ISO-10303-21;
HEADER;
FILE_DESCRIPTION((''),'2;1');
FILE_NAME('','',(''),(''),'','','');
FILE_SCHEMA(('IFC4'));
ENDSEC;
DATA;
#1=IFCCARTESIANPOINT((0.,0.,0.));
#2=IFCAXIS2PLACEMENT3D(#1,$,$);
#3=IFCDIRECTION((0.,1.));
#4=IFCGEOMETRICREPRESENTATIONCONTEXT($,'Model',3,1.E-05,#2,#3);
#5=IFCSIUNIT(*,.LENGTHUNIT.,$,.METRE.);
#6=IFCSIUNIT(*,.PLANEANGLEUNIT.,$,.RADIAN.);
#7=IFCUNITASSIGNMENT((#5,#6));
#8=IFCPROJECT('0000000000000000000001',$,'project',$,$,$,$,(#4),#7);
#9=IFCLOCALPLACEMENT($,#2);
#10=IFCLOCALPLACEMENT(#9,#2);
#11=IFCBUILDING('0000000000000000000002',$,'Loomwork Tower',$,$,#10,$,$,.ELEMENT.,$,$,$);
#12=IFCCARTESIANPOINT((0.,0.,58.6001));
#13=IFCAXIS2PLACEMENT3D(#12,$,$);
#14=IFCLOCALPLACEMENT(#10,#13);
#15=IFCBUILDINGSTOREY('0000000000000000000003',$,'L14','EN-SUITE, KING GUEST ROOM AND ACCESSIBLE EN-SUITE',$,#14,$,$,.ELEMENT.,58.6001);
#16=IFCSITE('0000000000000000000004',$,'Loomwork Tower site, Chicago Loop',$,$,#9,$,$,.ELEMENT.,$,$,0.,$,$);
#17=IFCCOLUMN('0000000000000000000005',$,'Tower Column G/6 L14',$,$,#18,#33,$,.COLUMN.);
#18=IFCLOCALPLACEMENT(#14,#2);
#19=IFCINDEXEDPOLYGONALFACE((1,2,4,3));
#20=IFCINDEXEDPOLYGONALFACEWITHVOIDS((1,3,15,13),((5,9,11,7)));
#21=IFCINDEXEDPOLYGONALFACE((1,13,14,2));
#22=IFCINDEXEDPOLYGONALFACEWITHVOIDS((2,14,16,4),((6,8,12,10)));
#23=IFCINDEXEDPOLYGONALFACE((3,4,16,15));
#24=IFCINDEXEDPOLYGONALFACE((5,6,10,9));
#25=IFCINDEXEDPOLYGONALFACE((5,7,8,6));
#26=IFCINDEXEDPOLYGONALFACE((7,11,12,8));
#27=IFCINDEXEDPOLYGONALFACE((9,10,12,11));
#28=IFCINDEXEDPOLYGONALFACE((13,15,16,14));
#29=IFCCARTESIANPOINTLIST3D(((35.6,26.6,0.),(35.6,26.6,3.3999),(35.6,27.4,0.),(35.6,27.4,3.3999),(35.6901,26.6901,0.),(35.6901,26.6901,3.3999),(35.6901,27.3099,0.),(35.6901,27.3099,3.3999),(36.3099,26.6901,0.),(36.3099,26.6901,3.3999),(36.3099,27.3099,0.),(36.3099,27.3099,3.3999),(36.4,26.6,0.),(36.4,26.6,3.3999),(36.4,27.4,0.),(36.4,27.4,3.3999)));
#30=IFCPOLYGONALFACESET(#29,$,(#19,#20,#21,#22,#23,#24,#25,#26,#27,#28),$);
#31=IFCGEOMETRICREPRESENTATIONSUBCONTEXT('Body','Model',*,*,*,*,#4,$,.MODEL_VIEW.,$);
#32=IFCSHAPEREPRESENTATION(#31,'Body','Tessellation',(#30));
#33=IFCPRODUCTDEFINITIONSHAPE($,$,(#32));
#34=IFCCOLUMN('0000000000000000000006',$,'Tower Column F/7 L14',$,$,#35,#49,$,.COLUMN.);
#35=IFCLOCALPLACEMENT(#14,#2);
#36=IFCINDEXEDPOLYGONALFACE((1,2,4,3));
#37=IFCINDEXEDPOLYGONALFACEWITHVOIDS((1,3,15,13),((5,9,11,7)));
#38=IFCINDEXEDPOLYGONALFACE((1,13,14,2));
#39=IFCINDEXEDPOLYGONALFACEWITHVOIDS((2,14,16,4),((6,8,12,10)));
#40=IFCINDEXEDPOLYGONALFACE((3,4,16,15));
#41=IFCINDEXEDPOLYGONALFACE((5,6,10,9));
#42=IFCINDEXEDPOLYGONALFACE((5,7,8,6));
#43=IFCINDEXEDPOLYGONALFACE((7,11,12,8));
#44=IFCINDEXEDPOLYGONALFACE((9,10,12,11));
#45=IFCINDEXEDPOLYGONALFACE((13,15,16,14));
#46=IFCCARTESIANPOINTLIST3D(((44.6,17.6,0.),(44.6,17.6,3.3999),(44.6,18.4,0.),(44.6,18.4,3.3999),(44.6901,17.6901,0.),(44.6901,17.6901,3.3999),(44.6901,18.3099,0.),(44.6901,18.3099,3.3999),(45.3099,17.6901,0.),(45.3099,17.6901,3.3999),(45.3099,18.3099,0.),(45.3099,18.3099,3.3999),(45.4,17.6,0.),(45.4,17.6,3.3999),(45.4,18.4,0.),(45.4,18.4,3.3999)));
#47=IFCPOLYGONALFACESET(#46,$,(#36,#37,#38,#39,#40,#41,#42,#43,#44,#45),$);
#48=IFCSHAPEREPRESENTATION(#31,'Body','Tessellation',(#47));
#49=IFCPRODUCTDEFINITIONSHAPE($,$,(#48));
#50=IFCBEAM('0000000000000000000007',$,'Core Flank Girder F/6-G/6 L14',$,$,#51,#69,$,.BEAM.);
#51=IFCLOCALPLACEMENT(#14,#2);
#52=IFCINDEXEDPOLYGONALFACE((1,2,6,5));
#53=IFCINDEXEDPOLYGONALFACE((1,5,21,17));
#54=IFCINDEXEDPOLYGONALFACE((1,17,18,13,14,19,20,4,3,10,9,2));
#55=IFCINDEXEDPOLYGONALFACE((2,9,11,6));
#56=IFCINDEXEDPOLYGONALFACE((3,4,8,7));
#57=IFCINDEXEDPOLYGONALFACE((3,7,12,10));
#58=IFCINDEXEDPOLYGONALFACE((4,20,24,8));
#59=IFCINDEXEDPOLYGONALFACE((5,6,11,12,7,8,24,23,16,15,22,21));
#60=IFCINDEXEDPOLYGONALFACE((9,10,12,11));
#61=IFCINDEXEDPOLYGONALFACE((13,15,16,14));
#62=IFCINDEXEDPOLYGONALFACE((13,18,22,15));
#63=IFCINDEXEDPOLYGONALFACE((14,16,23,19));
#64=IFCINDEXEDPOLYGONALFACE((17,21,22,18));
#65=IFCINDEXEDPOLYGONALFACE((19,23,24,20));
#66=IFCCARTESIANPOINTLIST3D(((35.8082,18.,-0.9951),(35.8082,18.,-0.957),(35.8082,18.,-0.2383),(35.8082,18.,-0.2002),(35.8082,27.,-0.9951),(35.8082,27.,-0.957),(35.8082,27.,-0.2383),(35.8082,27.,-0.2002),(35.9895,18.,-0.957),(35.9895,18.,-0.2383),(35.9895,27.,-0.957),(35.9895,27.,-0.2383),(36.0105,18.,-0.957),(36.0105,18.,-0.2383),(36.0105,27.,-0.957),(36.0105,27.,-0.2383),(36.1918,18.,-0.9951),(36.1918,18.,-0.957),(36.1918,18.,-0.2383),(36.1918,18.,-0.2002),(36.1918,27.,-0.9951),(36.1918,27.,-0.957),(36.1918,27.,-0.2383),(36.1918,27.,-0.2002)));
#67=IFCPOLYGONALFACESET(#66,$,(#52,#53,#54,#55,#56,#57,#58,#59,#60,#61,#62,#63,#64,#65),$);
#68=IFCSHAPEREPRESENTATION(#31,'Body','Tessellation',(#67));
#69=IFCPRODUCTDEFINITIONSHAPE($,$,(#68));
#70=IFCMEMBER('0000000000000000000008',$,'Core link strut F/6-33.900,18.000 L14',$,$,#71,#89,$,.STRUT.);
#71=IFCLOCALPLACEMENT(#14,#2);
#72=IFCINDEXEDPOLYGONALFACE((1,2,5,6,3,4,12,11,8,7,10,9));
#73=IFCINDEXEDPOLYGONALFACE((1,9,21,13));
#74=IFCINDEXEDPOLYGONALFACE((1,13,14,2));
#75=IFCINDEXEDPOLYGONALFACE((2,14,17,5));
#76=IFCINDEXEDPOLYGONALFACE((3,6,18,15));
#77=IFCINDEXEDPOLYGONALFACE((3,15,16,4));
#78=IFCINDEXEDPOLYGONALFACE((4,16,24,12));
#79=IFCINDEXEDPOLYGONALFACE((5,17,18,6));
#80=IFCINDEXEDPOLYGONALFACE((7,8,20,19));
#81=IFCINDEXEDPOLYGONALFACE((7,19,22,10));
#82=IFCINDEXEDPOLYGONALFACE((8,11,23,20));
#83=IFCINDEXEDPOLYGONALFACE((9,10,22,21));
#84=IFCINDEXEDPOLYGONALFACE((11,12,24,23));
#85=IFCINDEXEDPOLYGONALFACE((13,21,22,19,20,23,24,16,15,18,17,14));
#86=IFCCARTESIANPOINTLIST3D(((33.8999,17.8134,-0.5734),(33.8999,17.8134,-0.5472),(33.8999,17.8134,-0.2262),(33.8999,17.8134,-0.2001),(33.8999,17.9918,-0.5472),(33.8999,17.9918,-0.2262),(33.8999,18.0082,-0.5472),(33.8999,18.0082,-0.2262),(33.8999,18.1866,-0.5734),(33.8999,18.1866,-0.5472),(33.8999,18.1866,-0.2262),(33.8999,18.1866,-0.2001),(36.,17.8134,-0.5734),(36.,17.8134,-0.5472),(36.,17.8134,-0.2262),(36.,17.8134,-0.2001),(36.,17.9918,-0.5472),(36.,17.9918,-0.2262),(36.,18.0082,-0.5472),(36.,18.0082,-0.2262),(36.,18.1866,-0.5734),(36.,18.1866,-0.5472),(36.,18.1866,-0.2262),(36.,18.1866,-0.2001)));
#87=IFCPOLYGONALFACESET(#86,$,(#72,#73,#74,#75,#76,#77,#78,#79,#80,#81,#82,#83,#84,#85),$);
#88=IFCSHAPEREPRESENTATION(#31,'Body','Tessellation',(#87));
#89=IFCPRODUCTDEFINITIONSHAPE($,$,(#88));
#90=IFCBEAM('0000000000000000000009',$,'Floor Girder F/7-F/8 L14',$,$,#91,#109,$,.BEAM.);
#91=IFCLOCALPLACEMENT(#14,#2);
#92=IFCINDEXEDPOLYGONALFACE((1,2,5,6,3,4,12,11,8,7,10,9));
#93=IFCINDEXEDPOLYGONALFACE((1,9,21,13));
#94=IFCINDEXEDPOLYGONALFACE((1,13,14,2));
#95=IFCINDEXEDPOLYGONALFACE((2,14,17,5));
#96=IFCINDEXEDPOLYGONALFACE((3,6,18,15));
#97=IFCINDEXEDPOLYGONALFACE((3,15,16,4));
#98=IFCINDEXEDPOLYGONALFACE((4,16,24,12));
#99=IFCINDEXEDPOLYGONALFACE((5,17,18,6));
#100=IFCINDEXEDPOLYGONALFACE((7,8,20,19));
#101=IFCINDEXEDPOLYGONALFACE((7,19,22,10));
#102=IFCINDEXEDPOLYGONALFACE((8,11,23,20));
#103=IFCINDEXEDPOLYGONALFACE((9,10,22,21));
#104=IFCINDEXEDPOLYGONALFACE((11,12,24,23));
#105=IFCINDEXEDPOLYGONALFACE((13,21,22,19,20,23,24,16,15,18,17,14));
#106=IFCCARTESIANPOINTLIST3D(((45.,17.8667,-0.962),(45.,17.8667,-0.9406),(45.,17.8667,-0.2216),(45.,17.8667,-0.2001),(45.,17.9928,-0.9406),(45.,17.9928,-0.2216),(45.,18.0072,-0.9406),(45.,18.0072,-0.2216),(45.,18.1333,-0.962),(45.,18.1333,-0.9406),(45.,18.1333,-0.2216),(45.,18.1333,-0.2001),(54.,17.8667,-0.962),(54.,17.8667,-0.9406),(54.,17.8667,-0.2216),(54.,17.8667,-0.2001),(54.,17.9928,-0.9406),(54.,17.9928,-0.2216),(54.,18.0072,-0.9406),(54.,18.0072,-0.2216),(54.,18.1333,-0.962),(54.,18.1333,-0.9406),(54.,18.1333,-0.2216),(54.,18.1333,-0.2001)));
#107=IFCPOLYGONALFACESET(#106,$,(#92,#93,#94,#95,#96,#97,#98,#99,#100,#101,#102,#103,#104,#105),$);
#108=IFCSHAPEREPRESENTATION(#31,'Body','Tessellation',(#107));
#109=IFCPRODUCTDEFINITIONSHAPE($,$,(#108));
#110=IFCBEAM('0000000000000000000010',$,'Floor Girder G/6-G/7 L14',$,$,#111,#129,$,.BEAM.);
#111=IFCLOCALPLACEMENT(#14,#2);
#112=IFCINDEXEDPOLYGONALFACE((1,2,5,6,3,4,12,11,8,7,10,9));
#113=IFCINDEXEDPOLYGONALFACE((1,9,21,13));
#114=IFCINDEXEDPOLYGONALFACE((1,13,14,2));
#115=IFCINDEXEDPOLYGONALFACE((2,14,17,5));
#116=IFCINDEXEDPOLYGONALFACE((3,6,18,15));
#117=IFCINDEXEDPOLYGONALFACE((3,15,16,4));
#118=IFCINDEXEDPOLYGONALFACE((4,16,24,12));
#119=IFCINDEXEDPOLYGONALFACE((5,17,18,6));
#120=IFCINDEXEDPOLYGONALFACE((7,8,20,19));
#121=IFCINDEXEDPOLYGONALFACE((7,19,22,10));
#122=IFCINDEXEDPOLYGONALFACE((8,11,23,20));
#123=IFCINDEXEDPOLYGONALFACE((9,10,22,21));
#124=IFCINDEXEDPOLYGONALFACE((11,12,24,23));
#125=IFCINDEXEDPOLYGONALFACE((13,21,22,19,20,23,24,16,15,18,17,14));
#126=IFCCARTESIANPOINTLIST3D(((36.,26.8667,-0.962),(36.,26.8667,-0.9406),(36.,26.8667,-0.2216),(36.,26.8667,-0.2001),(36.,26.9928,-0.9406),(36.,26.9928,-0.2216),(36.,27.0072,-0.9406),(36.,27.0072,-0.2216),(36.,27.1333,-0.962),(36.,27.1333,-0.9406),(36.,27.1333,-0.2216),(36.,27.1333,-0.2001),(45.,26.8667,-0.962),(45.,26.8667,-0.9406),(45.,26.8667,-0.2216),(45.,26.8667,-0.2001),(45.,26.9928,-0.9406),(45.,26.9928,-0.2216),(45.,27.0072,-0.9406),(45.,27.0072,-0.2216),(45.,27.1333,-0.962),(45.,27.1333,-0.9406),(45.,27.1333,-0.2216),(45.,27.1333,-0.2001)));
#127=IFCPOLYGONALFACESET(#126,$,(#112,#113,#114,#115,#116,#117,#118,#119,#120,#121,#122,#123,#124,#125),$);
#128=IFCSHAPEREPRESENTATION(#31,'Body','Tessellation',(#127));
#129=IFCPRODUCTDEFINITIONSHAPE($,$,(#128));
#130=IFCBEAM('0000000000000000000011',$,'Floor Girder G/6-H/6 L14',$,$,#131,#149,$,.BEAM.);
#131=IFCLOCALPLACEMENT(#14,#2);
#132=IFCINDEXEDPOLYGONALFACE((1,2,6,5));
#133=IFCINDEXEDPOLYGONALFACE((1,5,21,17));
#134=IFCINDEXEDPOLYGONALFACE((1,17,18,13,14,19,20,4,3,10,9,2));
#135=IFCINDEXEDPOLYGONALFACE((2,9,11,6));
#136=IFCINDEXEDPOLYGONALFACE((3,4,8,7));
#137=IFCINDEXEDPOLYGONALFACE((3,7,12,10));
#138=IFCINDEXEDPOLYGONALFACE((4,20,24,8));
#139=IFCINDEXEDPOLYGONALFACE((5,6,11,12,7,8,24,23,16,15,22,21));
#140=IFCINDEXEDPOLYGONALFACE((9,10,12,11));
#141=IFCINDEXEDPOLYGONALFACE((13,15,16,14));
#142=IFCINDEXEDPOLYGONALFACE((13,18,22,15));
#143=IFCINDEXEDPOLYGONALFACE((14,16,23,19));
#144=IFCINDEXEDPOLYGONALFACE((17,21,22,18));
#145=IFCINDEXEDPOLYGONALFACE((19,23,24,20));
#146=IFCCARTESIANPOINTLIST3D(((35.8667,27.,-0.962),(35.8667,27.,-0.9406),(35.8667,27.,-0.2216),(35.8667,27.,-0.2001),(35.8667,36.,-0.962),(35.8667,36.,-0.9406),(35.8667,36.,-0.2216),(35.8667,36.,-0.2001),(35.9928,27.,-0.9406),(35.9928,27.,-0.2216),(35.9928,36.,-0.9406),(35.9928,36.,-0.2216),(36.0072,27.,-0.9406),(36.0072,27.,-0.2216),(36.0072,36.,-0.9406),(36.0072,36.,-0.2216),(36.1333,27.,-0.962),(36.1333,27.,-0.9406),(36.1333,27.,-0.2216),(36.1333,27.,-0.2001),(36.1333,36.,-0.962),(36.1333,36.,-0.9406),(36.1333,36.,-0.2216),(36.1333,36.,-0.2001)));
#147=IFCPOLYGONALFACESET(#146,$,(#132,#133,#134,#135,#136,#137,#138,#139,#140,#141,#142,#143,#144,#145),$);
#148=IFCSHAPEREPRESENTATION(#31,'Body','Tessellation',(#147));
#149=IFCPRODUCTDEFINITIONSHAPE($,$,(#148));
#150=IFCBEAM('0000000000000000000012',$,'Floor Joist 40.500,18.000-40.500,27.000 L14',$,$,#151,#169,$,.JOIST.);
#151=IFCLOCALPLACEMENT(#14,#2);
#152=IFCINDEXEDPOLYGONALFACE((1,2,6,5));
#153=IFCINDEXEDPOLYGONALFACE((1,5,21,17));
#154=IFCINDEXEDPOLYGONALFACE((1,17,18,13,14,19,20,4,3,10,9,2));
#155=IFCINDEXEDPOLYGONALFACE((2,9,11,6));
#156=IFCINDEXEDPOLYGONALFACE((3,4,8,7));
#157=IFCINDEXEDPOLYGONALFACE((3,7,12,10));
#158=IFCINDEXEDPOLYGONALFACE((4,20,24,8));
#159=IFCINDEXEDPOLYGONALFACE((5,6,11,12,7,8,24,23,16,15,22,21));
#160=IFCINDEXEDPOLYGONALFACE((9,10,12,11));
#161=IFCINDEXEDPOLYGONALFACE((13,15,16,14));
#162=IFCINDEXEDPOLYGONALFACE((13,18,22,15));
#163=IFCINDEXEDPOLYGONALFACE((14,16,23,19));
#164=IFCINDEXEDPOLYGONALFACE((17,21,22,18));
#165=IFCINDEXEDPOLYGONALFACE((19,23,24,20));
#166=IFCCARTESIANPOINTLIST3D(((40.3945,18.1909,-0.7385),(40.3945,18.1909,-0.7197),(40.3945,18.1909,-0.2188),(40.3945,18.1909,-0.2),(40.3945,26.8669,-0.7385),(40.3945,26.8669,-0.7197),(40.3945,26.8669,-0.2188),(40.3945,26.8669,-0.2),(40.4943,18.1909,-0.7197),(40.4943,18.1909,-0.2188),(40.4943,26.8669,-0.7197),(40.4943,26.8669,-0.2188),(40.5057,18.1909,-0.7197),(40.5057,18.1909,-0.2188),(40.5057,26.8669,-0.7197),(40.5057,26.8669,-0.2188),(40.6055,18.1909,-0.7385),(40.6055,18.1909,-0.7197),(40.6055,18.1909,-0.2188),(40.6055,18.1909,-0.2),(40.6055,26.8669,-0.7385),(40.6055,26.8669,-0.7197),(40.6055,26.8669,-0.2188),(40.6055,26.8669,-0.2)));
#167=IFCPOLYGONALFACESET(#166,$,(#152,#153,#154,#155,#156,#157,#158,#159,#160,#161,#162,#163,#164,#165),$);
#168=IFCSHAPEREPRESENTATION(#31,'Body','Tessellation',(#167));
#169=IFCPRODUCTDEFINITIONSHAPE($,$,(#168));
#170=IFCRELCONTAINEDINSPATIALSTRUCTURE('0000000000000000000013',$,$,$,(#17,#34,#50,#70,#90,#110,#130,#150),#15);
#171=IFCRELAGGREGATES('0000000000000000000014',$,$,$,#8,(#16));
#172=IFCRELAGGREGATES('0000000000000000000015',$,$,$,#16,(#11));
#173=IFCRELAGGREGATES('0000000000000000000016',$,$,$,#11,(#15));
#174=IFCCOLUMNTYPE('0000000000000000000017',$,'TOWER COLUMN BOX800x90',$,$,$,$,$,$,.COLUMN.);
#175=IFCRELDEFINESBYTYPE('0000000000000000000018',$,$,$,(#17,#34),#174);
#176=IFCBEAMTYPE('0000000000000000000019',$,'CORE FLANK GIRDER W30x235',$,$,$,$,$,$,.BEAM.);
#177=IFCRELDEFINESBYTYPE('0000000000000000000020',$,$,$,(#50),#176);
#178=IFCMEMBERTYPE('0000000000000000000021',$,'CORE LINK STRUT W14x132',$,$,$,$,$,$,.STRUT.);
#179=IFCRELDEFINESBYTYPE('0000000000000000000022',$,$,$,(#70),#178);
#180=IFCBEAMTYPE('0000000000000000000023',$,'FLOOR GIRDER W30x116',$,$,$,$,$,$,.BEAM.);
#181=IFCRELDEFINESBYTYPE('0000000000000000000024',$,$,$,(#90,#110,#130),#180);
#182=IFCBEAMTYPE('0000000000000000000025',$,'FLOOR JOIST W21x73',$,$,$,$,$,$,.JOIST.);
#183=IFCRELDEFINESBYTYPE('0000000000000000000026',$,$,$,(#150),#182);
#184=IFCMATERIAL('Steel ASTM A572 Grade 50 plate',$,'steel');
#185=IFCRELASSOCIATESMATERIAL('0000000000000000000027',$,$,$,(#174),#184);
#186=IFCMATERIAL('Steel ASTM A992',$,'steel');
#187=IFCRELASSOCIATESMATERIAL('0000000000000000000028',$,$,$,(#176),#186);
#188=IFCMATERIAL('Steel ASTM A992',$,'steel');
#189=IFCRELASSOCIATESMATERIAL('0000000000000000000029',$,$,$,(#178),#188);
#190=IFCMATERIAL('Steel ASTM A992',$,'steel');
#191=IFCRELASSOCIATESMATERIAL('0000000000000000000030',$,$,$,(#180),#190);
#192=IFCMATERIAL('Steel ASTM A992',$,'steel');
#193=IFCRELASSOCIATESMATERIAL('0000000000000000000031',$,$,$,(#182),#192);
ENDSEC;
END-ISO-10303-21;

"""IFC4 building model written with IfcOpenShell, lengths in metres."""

from ifc_helpers import new_model, si_unit, direction, frame, origin, origin_2d, place, context, subcontext, project, spatial, hollow_rectangle, i_section, extrude, material, material_profile, profile_set, type_object, element, save


model = new_model("IFC4")

# Units and contexts
model_context = context("Model", 3, precision=1e-05, world=origin(), true_north=direction((0.0, 1.0)))
body_context = subcontext(model_context, "Body", "Model", "MODEL_VIEW")
ifc_project = project(units=[si_unit("LENGTHUNIT", "METRE"), si_unit("PLANEANGLEUNIT", "RADIAN")], contexts=[model_context])

# Site, building, storey
site_placement = place(None, origin())
site = spatial("IfcSite", under=ifc_project, at=site_placement, Name="Loomwork Tower site, Chicago Loop", CompositionType="ELEMENT", RefElevation=0.0)
building_placement = place(site_placement, origin())
building = spatial("IfcBuilding", under=site, at=building_placement, Name="Loomwork Tower", CompositionType="ELEMENT")
storey_placement = place(building_placement, frame((0.0, 0.0, 58.6001)))
storey = spatial("IfcBuildingStorey", under=building, at=storey_placement, Name="L14", Description="EN-SUITE, KING GUEST ROOM AND ACCESSIBLE EN-SUITE", CompositionType="ELEMENT", Elevation=58.6001)

# Columns
ifc_material_1 = material(Name="Steel ASTM A572 Grade 50 plate", Category="steel")
ifc_material_profile_1 = material_profile(ifc_material_1, hollow_rectangle(XDim=0.8, YDim=0.8, WallThickness=0.0901, at=origin_2d()), Name="BOX800x90")
ifc_profile_set_1 = profile_set([ifc_material_profile_1], Name="Steel ASTM A572 Grade 50 plate")
column_type = type_object("IfcColumnType", Name="TOWER COLUMN BOX800x90", PredefinedType="COLUMN", material=ifc_profile_set_1)
for number, where, z_axis, x_axis, name in (
    (1, (36.0, 27.0, 0.0), (0.0, 0.0, 1.0), (1.0, 0.0, 0.0), "Tower Column G/6 L14"),
    (2, (45.0, 18.0, 0.0), (0.0, 0.0, 1.0), (0.0, 1.0, 0.0), "Tower Column F/7 L14"),
):
    element("IfcColumn", number, at=place(storey_placement, frame(where, z_axis=z_axis, x_axis=x_axis)), inside=storey, type_object=column_type, Name=name, PredefinedType="COLUMN", context=body_context, shape_type="SweptSolid", body=[
        extrude(hollow_rectangle(XDim=0.8, YDim=0.8, WallThickness=0.0901, at=origin_2d()), origin(), (0.0, 0.0, 1.0), 3.3999),
    ])

# Beam
ifc_material_2 = material(Name="Steel ASTM A992", Category="steel")
ifc_material_profile_2 = material_profile(ifc_material_2, i_section(OverallWidth=0.3835, OverallDepth=0.7949, WebThickness=0.021, FlangeThickness=0.0381, at=origin_2d()), Name="W30x235")
ifc_profile_set_2 = profile_set([ifc_material_profile_2], Name="Steel ASTM A992")
beam_type_1 = type_object("IfcBeamType", Name="CORE FLANK GIRDER W30x235", PredefinedType="BEAM", material=ifc_profile_set_2)
beam_1_placement = place(storey_placement, frame((36.0, 18.0, -0.5977), z_axis=(0.0, 1.0, 0.0), x_axis=(-1.0, 0.0, 0.0)))
element("IfcBeam", 3, at=beam_1_placement, inside=storey, type_object=beam_type_1, Name="Core Flank Girder F/6-G/6 L14", PredefinedType="BEAM", context=body_context, shape_type="SweptSolid", body=[
    extrude(i_section(OverallWidth=0.3835, OverallDepth=0.7949, WebThickness=0.021, FlangeThickness=0.0381, at=origin_2d()), origin(), (0.0, 0.0, 1.0), 9.0),
])

# Member
ifc_material_3 = material(Name="Steel ASTM A992", Category="steel")
ifc_material_profile_3 = material_profile(ifc_material_3, i_section(OverallWidth=0.3733, OverallDepth=0.3733, WebThickness=0.0164, FlangeThickness=0.0261, at=origin_2d()), Name="W14x132")
ifc_profile_set_3 = profile_set([ifc_material_profile_3], Name="Steel ASTM A992")
member_type = type_object("IfcMemberType", Name="CORE LINK STRUT W14x132", PredefinedType="STRUT", material=ifc_profile_set_3)
member_placement = place(storey_placement, frame((36.0, 18.0, -0.3867), z_axis=(-1.0, 0.0, 0.0), x_axis=(0.0, -1.0, 0.0)))
element("IfcMember", 4, at=member_placement, inside=storey, type_object=member_type, Name="Core link strut F/6-33.900,18.000 L14", PredefinedType="STRUT", context=body_context, shape_type="SweptSolid", body=[
    extrude(i_section(OverallWidth=0.3733, OverallDepth=0.3733, WebThickness=0.0164, FlangeThickness=0.0261, at=origin_2d()), origin(), (0.0, 0.0, 1.0), 2.1001),
])

# Beams
ifc_material_4 = material(Name="Steel ASTM A992", Category="steel")
ifc_material_profile_4 = material_profile(ifc_material_4, i_section(OverallWidth=0.2666, OverallDepth=0.762, WebThickness=0.0144, FlangeThickness=0.0215, at=origin_2d()), Name="W30x116")
ifc_profile_set_4 = profile_set([ifc_material_profile_4], Name="Steel ASTM A992")
beam_type_2 = type_object("IfcBeamType", Name="FLOOR GIRDER W30x116", PredefinedType="BEAM", material=ifc_profile_set_4)
for number, where, z_axis, x_axis, name in (
    (5, (45.0, 18.0, -0.5811), (1.0, 0.0, 0.0), (0.0, 1.0, 0.0), "Floor Girder F/7-F/8 L14"),
    (6, (36.0, 27.0, -0.5811), (1.0, 0.0, 0.0), (0.0, 1.0, 0.0), "Floor Girder G/6-G/7 L14"),
    (7, (36.0, 27.0, -0.5811), (0.0, 1.0, 0.0), (-1.0, 0.0, 0.0), "Floor Girder G/6-H/6 L14"),
):
    element("IfcBeam", number, at=place(storey_placement, frame(where, z_axis=z_axis, x_axis=x_axis)), inside=storey, type_object=beam_type_2, Name=name, PredefinedType="BEAM", context=body_context, shape_type="SweptSolid", body=[
        extrude(i_section(OverallWidth=0.2666, OverallDepth=0.762, WebThickness=0.0144, FlangeThickness=0.0215, at=origin_2d()), origin(), (0.0, 0.0, 1.0), 9.0),
    ])
ifc_material_5 = material(Name="Steel ASTM A992", Category="steel")
ifc_material_profile_5 = material_profile(ifc_material_5, i_section(OverallWidth=0.2109, OverallDepth=0.5386, WebThickness=0.0115, FlangeThickness=0.0188, at=origin_2d()), Name="W21x73")
ifc_profile_set_5 = profile_set([ifc_material_profile_5], Name="Steel ASTM A992")
beam_type_3 = type_object("IfcBeamType", Name="FLOOR JOIST W21x73", PredefinedType="JOIST", material=ifc_profile_set_5)
beam_2_placement = place(storey_placement, frame((40.5, 18.1909, -0.4692), z_axis=(0.0, 1.0, 0.0), x_axis=(-1.0, 0.0, 0.0)))
element("IfcBeam", 8, at=beam_2_placement, inside=storey, type_object=beam_type_3, Name="Floor Joist 40.500,18.000-40.500,27.000 L14", PredefinedType="JOIST", context=body_context, shape_type="SweptSolid", body=[
    extrude(i_section(OverallWidth=0.2109, OverallDepth=0.5386, WebThickness=0.0115, FlangeThickness=0.0188, at=origin_2d()), origin(), (0.0, 0.0, 1.0), 8.676),
])

save(model, "model.ifc")
